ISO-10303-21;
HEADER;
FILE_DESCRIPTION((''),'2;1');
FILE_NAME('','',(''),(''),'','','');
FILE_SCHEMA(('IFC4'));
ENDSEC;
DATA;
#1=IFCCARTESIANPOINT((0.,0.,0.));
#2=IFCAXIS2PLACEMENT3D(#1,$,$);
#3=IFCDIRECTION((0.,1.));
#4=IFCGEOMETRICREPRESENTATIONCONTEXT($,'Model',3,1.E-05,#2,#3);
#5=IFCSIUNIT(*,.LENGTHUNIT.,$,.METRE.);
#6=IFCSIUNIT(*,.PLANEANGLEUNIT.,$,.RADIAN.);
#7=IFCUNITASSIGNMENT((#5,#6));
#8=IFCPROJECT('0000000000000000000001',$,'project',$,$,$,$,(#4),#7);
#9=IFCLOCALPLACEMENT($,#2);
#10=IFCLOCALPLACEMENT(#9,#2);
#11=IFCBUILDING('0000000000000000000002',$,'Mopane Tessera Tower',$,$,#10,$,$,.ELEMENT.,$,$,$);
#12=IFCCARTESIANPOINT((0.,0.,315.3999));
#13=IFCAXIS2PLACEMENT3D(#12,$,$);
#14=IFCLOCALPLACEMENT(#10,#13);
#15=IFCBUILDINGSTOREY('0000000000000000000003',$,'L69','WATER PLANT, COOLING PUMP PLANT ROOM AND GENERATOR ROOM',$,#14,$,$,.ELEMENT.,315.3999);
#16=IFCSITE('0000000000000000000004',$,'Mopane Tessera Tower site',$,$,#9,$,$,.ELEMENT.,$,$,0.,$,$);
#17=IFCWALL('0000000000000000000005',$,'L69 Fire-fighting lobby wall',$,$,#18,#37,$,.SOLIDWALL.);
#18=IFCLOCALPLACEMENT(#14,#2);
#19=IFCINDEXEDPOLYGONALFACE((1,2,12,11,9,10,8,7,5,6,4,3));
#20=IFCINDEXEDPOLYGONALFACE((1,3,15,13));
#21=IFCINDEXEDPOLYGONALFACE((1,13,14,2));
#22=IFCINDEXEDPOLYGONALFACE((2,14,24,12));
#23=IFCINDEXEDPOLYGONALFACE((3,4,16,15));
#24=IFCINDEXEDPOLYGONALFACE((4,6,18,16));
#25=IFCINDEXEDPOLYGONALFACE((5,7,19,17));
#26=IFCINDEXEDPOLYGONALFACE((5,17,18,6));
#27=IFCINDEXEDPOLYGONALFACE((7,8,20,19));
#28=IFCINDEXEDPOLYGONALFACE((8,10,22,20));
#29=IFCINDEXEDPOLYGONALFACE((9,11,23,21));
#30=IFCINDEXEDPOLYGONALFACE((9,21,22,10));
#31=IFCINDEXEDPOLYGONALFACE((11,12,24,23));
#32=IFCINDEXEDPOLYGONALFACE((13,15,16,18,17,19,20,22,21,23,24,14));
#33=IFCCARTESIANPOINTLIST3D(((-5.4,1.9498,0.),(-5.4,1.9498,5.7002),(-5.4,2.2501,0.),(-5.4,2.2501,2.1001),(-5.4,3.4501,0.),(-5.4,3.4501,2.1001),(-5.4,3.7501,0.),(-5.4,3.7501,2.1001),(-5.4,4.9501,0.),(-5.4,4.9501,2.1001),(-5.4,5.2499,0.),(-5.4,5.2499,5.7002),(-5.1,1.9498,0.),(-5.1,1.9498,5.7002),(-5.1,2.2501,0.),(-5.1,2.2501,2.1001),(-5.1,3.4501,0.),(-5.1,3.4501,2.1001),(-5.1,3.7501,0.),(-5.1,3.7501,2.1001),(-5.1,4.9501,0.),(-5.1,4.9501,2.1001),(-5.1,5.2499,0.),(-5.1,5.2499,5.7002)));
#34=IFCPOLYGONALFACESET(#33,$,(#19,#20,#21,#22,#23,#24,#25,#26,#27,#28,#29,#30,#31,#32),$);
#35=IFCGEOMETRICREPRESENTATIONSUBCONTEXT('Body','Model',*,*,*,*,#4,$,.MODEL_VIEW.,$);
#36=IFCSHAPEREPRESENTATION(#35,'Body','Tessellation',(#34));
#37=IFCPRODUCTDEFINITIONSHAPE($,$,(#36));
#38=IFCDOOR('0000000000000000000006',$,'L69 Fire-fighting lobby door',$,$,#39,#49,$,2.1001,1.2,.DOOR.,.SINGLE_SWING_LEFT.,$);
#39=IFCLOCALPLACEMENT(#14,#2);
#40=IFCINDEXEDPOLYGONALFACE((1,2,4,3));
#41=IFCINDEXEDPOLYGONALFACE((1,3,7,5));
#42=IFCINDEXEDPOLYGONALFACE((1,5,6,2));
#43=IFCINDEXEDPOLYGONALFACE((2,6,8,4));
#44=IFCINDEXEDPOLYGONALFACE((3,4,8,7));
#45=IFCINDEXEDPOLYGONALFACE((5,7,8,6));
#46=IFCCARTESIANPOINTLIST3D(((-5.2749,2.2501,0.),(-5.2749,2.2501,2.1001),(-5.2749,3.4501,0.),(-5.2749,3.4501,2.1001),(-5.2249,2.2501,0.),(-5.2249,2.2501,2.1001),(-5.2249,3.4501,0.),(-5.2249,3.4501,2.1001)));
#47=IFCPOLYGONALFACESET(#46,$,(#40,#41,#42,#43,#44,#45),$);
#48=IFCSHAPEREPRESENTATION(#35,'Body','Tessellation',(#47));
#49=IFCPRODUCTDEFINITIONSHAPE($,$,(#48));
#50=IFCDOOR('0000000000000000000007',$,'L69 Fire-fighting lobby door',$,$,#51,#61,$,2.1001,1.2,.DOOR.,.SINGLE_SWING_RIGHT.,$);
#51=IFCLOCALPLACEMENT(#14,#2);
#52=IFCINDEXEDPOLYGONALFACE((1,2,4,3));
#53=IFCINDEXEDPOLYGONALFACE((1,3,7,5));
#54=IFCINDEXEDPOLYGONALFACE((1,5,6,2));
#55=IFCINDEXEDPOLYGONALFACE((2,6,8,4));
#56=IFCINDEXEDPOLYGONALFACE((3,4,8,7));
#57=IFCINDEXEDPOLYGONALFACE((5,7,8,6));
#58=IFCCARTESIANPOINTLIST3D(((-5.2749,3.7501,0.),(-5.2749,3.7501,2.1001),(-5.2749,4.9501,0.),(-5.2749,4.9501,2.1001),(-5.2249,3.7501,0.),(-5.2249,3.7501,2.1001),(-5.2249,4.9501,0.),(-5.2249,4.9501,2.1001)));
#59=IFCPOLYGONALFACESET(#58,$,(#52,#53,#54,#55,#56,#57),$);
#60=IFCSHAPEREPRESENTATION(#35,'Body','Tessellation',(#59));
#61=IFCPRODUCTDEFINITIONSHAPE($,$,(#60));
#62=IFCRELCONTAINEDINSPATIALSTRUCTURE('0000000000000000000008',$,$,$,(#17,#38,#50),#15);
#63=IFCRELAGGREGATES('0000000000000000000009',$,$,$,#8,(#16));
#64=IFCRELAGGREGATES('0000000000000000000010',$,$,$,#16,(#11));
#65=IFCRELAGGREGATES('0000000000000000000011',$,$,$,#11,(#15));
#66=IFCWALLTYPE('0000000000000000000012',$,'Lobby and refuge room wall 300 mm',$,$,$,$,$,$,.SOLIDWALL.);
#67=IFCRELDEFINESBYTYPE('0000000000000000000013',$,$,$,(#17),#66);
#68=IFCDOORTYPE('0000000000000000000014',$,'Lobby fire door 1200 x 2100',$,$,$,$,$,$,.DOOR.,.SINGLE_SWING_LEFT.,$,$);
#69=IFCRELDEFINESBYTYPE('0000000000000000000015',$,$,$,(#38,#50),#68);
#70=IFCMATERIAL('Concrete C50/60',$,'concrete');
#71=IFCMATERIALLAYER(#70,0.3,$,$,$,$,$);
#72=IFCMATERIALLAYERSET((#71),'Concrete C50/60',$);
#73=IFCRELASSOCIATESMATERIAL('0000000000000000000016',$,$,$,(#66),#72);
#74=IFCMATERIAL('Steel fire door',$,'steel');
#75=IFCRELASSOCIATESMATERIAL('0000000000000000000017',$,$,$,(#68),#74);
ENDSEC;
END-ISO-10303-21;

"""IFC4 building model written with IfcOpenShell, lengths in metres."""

from ifc_helpers import new_model, si_unit, direction, frame, frame_2d, origin, place, context, subcontext, project, spatial, rectangle, extrude, material, layer, layer_set, type_object, element, fill, save


model = new_model("IFC4")

# Units and contexts
model_context = context("Model", 3, precision=1e-05, world=origin(), true_north=direction((0.0, 1.0)))
body_context = subcontext(model_context, "Body", "Model", "MODEL_VIEW")
ifc_project = project(units=[si_unit("LENGTHUNIT", "METRE"), si_unit("PLANEANGLEUNIT", "RADIAN")], contexts=[model_context])

# Site, building, storey
site_placement = place(None, origin())
site = spatial("IfcSite", under=ifc_project, at=site_placement, Name="Mopane Tessera Tower site", CompositionType="ELEMENT", RefElevation=0.0)
building_placement = place(site_placement, origin())
building = spatial("IfcBuilding", under=site, at=building_placement, Name="Mopane Tessera Tower", CompositionType="ELEMENT")
storey_placement = place(building_placement, frame((0.0, 0.0, 315.3999)))
storey = spatial("IfcBuildingStorey", under=building, at=storey_placement, Name="L69", Description="WATER PLANT, COOLING PUMP PLANT ROOM AND GENERATOR ROOM", CompositionType="ELEMENT", Elevation=315.3999)

# Wall, openings, doors
ifc_material_1 = material(Name="Concrete C50/60", Category="concrete")
ifc_layer_1 = layer(ifc_material_1, 0.3)
ifc_layer_set_1 = layer_set([ifc_layer_1], Name="Concrete C50/60")
wall_type_1 = type_object("IfcWallType", Name="Lobby and refuge room wall 300 mm", PredefinedType="SOLIDWALL", material=ifc_layer_set_1)
wall_1_placement = place(storey_placement, frame((-5.25, 1.95, 0.0), z_axis=(0.0, 0.0, 1.0), x_axis=(0.0, 1.0, 0.0)))
wall_1 = element("IfcWall", 1, at=wall_1_placement, inside=storey, type_object=wall_type_1, Name="L69 Fire-fighting lobby wall", PredefinedType="SOLIDWALL", context=body_context, shape_type="SweptSolid", body=[
    extrude(rectangle(XDim=3.3, YDim=0.3, at=frame_2d((1.6499, 0.0))), origin(), (0.0, 0.0, 1.0), 5.7002),
])
opening_1_placement = place(wall_1_placement, frame((0.3, 0.0, 0.0)))
opening_1 = element("IfcOpeningElement", 2, at=opening_1_placement, cuts=wall_1, PredefinedType="OPENING", context=body_context, shape_type="SweptSolid", body=[
    extrude(rectangle(XDim=1.2, YDim=2.1001, at=frame_2d((0.6001, 1.05))), frame((0.0, 0.1621, 0.0), z_axis=(0.0, -1.0, 0.0), x_axis=(1.0, 0.0, 0.0)), (0.0, 0.0, 1.0), 0.324),
])
opening_2_placement = place(wall_1_placement, frame((1.8, 0.0, 0.0)))
opening_2 = element("IfcOpeningElement", 3, at=opening_2_placement, cuts=wall_1, PredefinedType="OPENING", context=body_context, shape_type="SweptSolid", body=[
    extrude(rectangle(XDim=1.2, YDim=2.1001, at=frame_2d((0.6001, 1.05))), frame((0.0, 0.1621, 0.0), z_axis=(0.0, -1.0, 0.0), x_axis=(1.0, 0.0, 0.0)), (0.0, 0.0, 1.0), 0.324),
])
ifc_material_2 = material(Name="Steel fire door", Category="steel")
door_type_1 = type_object("IfcDoorType", Name="Lobby fire door 1200 x 2100", OperationType="SINGLE_SWING_LEFT", PredefinedType="DOOR", material=ifc_material_2)
door_1_placement = place(opening_1_placement, origin())
door_1 = element("IfcDoor", 4, at=door_1_placement, inside=storey, type_object=door_type_1, Name="L69 Fire-fighting lobby door", OperationType="SINGLE_SWING_LEFT", OverallHeight=2.1001, OverallWidth=1.2, PredefinedType="DOOR", context=body_context, shape_type="SweptSolid", body=[
    extrude(rectangle(XDim=1.2, YDim=2.1001, at=frame_2d((0.6001, 1.05))), frame((0.0, 0.0249, 0.0), z_axis=(0.0, -1.0, 0.0), x_axis=(1.0, 0.0, 0.0)), (0.0, 0.0, 1.0), 0.05),
])
fill(opening_1, door_1)
door_2_placement = place(opening_2_placement, origin())
door_2 = element("IfcDoor", 5, at=door_2_placement, inside=storey, type_object=door_type_1, Name="L69 Fire-fighting lobby door", OperationType="SINGLE_SWING_RIGHT", OverallHeight=2.1001, OverallWidth=1.2, PredefinedType="DOOR", context=body_context, shape_type="SweptSolid", body=[
    extrude(rectangle(XDim=1.2, YDim=2.1001, at=frame_2d((0.6001, 1.05))), frame((0.0, 0.0249, 0.0), z_axis=(0.0, -1.0, 0.0), x_axis=(1.0, 0.0, 0.0)), (0.0, 0.0, 1.0), 0.05),
])
fill(opening_2, door_2)

save(model, "model.ifc")
